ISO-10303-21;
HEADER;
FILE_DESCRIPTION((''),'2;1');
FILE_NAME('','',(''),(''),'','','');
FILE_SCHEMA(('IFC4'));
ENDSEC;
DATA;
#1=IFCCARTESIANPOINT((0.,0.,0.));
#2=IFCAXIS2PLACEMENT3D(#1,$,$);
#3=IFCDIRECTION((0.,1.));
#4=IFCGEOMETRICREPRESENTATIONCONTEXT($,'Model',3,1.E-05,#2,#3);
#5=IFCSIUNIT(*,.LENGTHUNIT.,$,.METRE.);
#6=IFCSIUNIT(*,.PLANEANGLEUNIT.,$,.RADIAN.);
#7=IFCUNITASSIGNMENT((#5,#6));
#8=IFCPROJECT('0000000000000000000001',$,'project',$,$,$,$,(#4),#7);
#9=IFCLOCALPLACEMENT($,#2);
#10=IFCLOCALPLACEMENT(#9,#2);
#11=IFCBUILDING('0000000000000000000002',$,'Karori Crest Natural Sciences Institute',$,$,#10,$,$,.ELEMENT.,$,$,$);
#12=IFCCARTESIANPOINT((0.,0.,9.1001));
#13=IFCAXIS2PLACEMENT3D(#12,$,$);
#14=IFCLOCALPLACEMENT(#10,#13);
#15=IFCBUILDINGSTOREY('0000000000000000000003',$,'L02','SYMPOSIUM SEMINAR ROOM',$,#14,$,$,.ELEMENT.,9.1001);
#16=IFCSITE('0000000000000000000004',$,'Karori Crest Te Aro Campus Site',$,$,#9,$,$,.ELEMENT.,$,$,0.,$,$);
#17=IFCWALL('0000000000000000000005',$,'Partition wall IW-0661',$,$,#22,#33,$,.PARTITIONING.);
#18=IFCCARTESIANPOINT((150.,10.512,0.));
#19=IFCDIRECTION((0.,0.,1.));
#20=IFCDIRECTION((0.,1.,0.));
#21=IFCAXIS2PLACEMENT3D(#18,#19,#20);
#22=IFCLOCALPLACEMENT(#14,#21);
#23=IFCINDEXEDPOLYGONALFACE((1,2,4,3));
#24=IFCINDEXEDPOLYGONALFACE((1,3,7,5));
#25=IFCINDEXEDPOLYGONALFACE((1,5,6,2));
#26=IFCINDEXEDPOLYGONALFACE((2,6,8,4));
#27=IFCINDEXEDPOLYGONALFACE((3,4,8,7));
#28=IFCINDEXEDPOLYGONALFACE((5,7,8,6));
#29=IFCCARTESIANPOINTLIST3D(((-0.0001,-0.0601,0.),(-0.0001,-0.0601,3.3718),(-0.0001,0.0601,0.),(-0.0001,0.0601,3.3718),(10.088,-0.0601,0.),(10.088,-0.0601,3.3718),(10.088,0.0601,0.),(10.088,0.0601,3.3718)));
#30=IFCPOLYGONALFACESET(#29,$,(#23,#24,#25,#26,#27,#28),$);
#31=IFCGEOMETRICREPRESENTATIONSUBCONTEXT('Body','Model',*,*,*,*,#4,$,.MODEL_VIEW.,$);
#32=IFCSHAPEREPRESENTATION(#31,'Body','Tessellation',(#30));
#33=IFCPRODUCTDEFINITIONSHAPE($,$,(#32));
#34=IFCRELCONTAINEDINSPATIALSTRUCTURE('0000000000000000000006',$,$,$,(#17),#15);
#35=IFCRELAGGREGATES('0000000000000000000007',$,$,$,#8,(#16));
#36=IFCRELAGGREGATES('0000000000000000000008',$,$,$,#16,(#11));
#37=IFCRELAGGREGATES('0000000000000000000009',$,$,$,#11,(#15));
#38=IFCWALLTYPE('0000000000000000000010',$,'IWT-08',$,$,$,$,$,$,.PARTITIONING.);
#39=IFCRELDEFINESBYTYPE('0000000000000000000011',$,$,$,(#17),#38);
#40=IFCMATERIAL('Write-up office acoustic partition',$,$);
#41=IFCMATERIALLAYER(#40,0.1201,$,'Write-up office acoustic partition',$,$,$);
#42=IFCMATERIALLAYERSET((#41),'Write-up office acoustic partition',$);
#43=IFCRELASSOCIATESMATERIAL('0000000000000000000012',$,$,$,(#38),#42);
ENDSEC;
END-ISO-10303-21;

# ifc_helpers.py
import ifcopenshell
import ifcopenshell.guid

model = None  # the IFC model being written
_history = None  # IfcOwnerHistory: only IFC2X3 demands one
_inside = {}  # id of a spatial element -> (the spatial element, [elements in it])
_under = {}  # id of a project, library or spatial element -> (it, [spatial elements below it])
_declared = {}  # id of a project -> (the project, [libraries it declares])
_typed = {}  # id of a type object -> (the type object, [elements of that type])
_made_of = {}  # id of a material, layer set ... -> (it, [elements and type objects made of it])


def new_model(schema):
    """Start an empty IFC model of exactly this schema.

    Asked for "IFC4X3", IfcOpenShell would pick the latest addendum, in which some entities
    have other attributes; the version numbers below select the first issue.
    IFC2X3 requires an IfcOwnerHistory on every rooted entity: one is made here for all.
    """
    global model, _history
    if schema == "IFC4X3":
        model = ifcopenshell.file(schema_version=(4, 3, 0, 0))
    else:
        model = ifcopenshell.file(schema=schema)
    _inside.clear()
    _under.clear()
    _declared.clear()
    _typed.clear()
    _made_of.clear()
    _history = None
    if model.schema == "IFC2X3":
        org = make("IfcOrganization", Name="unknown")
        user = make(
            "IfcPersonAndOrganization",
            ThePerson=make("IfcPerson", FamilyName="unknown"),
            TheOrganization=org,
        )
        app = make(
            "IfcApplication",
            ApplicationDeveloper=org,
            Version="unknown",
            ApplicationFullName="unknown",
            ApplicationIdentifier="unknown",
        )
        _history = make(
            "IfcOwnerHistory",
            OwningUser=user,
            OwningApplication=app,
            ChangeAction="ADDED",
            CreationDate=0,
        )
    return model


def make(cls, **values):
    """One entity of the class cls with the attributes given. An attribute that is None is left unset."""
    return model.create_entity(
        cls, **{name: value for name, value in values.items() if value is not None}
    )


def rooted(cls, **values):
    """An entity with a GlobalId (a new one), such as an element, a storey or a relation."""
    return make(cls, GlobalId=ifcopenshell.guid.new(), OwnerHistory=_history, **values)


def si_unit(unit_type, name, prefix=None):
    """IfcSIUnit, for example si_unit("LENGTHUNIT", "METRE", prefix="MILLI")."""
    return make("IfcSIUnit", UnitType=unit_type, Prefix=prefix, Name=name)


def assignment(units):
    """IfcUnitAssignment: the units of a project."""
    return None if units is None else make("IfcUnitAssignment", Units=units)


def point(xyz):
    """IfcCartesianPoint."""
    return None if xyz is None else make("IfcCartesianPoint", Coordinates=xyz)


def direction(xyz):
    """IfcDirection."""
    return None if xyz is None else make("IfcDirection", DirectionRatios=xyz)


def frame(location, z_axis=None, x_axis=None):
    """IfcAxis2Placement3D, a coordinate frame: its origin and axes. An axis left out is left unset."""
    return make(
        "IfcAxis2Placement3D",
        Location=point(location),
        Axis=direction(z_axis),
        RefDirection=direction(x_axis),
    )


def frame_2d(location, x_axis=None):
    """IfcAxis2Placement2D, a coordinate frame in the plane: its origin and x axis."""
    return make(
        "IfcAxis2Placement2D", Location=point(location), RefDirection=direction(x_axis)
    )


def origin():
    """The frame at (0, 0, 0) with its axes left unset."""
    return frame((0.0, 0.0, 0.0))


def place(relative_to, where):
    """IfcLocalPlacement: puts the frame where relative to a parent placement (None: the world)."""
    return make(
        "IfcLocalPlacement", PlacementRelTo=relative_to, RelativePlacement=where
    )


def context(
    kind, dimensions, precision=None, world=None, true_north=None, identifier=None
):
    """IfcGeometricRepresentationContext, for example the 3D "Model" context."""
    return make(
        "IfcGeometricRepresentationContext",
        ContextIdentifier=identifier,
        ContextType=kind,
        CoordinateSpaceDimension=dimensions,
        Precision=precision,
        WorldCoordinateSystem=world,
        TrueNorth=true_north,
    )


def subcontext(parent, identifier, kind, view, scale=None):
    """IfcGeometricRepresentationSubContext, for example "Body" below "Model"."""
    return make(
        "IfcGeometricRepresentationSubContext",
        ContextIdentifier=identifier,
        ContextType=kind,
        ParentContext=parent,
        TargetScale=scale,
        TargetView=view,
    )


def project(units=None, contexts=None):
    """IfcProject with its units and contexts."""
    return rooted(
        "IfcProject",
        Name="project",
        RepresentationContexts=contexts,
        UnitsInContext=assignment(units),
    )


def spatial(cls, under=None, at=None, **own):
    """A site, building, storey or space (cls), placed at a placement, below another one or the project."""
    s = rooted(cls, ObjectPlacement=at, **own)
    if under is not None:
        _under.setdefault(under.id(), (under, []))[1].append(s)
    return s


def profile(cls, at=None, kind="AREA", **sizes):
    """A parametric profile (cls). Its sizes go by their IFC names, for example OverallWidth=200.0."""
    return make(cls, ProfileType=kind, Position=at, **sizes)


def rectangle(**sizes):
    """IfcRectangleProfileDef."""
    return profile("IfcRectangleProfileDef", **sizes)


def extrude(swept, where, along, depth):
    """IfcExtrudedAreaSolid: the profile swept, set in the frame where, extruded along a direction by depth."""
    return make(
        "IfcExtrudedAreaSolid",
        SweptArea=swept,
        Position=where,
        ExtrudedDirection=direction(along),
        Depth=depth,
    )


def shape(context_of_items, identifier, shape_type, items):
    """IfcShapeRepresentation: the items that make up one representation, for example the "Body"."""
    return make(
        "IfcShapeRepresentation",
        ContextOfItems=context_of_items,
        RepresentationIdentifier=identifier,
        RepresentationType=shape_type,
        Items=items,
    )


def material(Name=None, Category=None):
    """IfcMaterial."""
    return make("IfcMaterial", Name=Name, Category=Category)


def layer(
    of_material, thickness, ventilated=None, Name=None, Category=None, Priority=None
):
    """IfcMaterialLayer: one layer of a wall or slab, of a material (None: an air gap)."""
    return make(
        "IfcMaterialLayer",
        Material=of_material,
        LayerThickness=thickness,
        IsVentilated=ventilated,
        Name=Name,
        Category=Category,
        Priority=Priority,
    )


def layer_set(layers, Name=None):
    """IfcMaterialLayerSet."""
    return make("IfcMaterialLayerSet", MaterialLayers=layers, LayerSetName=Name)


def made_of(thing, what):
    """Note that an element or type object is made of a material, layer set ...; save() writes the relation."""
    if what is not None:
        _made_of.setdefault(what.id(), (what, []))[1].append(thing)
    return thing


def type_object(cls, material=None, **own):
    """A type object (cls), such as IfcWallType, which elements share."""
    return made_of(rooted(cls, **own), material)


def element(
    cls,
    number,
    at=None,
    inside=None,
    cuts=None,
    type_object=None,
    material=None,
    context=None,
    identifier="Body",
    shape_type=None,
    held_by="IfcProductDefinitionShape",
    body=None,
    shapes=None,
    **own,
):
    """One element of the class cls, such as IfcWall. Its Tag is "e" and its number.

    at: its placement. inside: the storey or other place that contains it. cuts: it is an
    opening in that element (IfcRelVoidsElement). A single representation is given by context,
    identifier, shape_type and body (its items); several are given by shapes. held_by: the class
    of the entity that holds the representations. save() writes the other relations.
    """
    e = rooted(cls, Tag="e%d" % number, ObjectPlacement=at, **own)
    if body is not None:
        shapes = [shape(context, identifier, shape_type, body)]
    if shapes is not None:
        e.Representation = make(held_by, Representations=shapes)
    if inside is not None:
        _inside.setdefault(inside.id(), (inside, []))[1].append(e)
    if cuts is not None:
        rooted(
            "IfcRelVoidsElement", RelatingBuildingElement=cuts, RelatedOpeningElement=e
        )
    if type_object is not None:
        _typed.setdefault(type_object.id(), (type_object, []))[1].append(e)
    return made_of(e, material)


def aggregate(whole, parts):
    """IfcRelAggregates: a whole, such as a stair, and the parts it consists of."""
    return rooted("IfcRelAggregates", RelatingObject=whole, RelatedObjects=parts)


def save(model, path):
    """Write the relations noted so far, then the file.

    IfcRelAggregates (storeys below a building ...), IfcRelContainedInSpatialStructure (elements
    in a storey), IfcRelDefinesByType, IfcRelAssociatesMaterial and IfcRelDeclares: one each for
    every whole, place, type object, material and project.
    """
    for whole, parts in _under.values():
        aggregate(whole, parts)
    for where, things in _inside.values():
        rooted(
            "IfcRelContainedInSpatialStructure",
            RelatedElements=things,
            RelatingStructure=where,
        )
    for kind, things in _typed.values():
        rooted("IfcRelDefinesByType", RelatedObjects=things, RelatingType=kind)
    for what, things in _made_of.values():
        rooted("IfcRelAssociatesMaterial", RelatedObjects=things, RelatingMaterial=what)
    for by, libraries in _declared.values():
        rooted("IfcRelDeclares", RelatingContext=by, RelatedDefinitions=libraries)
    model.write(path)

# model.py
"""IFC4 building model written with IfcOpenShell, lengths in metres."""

from ifc_helpers import new_model, si_unit, direction, frame, frame_2d, origin, place, context, subcontext, project, spatial, rectangle, extrude, material, layer, layer_set, type_object, element, save


model = new_model("IFC4")

# Units and contexts
model_context = context("Model", 3, precision=1e-05, world=origin(), true_north=direction((0.0, 1.0)))
body_context = subcontext(model_context, "Body", "Model", "MODEL_VIEW")
ifc_project = project(units=[si_unit("LENGTHUNIT", "METRE"), si_unit("PLANEANGLEUNIT", "RADIAN")], contexts=[model_context])

# Site, building, storey
site_placement = place(None, origin())
site = spatial("IfcSite", under=ifc_project, at=site_placement, Name="Karori Crest Te Aro Campus Site", CompositionType="ELEMENT", RefElevation=0.0)
building_placement = place(site_placement, origin())
building = spatial("IfcBuilding", under=site, at=building_placement, Name="Karori Crest Natural Sciences Institute", CompositionType="ELEMENT")
storey_placement = place(building_placement, frame((0.0, 0.0, 9.1001)))
storey = spatial("IfcBuildingStorey", under=building, at=storey_placement, Name="L02", Description="SYMPOSIUM SEMINAR ROOM", CompositionType="ELEMENT", Elevation=9.1001)

# Shared definitions
ifc_material_1 = material(Name="Write-up office acoustic partition")
ifc_layer_1 = layer(ifc_material_1, 0.1201, Name="Write-up office acoustic partition")
ifc_layer_set_1 = layer_set([ifc_layer_1], Name="Write-up office acoustic partition")
wall_type_1 = type_object("IfcWallType", Name="IWT-08", PredefinedType="PARTITIONING", material=ifc_layer_set_1)

# Wall
wall_1_placement = place(storey_placement, frame((150.0, 10.512, 0.0), z_axis=(0.0, 0.0, 1.0), x_axis=(0.0, 1.0, 0.0)))
element("IfcWall", 1, at=wall_1_placement, inside=storey, type_object=wall_type_1, Name="Partition wall IW-0661", PredefinedType="PARTITIONING", context=body_context, shape_type="SweptSolid", body=[
    extrude(rectangle(XDim=10.0881, YDim=0.1201, at=frame_2d((5.0439, 0.0))), origin(), (0.0, 0.0, 1.0), 3.3718),
])

save(model, "model.ifc")
